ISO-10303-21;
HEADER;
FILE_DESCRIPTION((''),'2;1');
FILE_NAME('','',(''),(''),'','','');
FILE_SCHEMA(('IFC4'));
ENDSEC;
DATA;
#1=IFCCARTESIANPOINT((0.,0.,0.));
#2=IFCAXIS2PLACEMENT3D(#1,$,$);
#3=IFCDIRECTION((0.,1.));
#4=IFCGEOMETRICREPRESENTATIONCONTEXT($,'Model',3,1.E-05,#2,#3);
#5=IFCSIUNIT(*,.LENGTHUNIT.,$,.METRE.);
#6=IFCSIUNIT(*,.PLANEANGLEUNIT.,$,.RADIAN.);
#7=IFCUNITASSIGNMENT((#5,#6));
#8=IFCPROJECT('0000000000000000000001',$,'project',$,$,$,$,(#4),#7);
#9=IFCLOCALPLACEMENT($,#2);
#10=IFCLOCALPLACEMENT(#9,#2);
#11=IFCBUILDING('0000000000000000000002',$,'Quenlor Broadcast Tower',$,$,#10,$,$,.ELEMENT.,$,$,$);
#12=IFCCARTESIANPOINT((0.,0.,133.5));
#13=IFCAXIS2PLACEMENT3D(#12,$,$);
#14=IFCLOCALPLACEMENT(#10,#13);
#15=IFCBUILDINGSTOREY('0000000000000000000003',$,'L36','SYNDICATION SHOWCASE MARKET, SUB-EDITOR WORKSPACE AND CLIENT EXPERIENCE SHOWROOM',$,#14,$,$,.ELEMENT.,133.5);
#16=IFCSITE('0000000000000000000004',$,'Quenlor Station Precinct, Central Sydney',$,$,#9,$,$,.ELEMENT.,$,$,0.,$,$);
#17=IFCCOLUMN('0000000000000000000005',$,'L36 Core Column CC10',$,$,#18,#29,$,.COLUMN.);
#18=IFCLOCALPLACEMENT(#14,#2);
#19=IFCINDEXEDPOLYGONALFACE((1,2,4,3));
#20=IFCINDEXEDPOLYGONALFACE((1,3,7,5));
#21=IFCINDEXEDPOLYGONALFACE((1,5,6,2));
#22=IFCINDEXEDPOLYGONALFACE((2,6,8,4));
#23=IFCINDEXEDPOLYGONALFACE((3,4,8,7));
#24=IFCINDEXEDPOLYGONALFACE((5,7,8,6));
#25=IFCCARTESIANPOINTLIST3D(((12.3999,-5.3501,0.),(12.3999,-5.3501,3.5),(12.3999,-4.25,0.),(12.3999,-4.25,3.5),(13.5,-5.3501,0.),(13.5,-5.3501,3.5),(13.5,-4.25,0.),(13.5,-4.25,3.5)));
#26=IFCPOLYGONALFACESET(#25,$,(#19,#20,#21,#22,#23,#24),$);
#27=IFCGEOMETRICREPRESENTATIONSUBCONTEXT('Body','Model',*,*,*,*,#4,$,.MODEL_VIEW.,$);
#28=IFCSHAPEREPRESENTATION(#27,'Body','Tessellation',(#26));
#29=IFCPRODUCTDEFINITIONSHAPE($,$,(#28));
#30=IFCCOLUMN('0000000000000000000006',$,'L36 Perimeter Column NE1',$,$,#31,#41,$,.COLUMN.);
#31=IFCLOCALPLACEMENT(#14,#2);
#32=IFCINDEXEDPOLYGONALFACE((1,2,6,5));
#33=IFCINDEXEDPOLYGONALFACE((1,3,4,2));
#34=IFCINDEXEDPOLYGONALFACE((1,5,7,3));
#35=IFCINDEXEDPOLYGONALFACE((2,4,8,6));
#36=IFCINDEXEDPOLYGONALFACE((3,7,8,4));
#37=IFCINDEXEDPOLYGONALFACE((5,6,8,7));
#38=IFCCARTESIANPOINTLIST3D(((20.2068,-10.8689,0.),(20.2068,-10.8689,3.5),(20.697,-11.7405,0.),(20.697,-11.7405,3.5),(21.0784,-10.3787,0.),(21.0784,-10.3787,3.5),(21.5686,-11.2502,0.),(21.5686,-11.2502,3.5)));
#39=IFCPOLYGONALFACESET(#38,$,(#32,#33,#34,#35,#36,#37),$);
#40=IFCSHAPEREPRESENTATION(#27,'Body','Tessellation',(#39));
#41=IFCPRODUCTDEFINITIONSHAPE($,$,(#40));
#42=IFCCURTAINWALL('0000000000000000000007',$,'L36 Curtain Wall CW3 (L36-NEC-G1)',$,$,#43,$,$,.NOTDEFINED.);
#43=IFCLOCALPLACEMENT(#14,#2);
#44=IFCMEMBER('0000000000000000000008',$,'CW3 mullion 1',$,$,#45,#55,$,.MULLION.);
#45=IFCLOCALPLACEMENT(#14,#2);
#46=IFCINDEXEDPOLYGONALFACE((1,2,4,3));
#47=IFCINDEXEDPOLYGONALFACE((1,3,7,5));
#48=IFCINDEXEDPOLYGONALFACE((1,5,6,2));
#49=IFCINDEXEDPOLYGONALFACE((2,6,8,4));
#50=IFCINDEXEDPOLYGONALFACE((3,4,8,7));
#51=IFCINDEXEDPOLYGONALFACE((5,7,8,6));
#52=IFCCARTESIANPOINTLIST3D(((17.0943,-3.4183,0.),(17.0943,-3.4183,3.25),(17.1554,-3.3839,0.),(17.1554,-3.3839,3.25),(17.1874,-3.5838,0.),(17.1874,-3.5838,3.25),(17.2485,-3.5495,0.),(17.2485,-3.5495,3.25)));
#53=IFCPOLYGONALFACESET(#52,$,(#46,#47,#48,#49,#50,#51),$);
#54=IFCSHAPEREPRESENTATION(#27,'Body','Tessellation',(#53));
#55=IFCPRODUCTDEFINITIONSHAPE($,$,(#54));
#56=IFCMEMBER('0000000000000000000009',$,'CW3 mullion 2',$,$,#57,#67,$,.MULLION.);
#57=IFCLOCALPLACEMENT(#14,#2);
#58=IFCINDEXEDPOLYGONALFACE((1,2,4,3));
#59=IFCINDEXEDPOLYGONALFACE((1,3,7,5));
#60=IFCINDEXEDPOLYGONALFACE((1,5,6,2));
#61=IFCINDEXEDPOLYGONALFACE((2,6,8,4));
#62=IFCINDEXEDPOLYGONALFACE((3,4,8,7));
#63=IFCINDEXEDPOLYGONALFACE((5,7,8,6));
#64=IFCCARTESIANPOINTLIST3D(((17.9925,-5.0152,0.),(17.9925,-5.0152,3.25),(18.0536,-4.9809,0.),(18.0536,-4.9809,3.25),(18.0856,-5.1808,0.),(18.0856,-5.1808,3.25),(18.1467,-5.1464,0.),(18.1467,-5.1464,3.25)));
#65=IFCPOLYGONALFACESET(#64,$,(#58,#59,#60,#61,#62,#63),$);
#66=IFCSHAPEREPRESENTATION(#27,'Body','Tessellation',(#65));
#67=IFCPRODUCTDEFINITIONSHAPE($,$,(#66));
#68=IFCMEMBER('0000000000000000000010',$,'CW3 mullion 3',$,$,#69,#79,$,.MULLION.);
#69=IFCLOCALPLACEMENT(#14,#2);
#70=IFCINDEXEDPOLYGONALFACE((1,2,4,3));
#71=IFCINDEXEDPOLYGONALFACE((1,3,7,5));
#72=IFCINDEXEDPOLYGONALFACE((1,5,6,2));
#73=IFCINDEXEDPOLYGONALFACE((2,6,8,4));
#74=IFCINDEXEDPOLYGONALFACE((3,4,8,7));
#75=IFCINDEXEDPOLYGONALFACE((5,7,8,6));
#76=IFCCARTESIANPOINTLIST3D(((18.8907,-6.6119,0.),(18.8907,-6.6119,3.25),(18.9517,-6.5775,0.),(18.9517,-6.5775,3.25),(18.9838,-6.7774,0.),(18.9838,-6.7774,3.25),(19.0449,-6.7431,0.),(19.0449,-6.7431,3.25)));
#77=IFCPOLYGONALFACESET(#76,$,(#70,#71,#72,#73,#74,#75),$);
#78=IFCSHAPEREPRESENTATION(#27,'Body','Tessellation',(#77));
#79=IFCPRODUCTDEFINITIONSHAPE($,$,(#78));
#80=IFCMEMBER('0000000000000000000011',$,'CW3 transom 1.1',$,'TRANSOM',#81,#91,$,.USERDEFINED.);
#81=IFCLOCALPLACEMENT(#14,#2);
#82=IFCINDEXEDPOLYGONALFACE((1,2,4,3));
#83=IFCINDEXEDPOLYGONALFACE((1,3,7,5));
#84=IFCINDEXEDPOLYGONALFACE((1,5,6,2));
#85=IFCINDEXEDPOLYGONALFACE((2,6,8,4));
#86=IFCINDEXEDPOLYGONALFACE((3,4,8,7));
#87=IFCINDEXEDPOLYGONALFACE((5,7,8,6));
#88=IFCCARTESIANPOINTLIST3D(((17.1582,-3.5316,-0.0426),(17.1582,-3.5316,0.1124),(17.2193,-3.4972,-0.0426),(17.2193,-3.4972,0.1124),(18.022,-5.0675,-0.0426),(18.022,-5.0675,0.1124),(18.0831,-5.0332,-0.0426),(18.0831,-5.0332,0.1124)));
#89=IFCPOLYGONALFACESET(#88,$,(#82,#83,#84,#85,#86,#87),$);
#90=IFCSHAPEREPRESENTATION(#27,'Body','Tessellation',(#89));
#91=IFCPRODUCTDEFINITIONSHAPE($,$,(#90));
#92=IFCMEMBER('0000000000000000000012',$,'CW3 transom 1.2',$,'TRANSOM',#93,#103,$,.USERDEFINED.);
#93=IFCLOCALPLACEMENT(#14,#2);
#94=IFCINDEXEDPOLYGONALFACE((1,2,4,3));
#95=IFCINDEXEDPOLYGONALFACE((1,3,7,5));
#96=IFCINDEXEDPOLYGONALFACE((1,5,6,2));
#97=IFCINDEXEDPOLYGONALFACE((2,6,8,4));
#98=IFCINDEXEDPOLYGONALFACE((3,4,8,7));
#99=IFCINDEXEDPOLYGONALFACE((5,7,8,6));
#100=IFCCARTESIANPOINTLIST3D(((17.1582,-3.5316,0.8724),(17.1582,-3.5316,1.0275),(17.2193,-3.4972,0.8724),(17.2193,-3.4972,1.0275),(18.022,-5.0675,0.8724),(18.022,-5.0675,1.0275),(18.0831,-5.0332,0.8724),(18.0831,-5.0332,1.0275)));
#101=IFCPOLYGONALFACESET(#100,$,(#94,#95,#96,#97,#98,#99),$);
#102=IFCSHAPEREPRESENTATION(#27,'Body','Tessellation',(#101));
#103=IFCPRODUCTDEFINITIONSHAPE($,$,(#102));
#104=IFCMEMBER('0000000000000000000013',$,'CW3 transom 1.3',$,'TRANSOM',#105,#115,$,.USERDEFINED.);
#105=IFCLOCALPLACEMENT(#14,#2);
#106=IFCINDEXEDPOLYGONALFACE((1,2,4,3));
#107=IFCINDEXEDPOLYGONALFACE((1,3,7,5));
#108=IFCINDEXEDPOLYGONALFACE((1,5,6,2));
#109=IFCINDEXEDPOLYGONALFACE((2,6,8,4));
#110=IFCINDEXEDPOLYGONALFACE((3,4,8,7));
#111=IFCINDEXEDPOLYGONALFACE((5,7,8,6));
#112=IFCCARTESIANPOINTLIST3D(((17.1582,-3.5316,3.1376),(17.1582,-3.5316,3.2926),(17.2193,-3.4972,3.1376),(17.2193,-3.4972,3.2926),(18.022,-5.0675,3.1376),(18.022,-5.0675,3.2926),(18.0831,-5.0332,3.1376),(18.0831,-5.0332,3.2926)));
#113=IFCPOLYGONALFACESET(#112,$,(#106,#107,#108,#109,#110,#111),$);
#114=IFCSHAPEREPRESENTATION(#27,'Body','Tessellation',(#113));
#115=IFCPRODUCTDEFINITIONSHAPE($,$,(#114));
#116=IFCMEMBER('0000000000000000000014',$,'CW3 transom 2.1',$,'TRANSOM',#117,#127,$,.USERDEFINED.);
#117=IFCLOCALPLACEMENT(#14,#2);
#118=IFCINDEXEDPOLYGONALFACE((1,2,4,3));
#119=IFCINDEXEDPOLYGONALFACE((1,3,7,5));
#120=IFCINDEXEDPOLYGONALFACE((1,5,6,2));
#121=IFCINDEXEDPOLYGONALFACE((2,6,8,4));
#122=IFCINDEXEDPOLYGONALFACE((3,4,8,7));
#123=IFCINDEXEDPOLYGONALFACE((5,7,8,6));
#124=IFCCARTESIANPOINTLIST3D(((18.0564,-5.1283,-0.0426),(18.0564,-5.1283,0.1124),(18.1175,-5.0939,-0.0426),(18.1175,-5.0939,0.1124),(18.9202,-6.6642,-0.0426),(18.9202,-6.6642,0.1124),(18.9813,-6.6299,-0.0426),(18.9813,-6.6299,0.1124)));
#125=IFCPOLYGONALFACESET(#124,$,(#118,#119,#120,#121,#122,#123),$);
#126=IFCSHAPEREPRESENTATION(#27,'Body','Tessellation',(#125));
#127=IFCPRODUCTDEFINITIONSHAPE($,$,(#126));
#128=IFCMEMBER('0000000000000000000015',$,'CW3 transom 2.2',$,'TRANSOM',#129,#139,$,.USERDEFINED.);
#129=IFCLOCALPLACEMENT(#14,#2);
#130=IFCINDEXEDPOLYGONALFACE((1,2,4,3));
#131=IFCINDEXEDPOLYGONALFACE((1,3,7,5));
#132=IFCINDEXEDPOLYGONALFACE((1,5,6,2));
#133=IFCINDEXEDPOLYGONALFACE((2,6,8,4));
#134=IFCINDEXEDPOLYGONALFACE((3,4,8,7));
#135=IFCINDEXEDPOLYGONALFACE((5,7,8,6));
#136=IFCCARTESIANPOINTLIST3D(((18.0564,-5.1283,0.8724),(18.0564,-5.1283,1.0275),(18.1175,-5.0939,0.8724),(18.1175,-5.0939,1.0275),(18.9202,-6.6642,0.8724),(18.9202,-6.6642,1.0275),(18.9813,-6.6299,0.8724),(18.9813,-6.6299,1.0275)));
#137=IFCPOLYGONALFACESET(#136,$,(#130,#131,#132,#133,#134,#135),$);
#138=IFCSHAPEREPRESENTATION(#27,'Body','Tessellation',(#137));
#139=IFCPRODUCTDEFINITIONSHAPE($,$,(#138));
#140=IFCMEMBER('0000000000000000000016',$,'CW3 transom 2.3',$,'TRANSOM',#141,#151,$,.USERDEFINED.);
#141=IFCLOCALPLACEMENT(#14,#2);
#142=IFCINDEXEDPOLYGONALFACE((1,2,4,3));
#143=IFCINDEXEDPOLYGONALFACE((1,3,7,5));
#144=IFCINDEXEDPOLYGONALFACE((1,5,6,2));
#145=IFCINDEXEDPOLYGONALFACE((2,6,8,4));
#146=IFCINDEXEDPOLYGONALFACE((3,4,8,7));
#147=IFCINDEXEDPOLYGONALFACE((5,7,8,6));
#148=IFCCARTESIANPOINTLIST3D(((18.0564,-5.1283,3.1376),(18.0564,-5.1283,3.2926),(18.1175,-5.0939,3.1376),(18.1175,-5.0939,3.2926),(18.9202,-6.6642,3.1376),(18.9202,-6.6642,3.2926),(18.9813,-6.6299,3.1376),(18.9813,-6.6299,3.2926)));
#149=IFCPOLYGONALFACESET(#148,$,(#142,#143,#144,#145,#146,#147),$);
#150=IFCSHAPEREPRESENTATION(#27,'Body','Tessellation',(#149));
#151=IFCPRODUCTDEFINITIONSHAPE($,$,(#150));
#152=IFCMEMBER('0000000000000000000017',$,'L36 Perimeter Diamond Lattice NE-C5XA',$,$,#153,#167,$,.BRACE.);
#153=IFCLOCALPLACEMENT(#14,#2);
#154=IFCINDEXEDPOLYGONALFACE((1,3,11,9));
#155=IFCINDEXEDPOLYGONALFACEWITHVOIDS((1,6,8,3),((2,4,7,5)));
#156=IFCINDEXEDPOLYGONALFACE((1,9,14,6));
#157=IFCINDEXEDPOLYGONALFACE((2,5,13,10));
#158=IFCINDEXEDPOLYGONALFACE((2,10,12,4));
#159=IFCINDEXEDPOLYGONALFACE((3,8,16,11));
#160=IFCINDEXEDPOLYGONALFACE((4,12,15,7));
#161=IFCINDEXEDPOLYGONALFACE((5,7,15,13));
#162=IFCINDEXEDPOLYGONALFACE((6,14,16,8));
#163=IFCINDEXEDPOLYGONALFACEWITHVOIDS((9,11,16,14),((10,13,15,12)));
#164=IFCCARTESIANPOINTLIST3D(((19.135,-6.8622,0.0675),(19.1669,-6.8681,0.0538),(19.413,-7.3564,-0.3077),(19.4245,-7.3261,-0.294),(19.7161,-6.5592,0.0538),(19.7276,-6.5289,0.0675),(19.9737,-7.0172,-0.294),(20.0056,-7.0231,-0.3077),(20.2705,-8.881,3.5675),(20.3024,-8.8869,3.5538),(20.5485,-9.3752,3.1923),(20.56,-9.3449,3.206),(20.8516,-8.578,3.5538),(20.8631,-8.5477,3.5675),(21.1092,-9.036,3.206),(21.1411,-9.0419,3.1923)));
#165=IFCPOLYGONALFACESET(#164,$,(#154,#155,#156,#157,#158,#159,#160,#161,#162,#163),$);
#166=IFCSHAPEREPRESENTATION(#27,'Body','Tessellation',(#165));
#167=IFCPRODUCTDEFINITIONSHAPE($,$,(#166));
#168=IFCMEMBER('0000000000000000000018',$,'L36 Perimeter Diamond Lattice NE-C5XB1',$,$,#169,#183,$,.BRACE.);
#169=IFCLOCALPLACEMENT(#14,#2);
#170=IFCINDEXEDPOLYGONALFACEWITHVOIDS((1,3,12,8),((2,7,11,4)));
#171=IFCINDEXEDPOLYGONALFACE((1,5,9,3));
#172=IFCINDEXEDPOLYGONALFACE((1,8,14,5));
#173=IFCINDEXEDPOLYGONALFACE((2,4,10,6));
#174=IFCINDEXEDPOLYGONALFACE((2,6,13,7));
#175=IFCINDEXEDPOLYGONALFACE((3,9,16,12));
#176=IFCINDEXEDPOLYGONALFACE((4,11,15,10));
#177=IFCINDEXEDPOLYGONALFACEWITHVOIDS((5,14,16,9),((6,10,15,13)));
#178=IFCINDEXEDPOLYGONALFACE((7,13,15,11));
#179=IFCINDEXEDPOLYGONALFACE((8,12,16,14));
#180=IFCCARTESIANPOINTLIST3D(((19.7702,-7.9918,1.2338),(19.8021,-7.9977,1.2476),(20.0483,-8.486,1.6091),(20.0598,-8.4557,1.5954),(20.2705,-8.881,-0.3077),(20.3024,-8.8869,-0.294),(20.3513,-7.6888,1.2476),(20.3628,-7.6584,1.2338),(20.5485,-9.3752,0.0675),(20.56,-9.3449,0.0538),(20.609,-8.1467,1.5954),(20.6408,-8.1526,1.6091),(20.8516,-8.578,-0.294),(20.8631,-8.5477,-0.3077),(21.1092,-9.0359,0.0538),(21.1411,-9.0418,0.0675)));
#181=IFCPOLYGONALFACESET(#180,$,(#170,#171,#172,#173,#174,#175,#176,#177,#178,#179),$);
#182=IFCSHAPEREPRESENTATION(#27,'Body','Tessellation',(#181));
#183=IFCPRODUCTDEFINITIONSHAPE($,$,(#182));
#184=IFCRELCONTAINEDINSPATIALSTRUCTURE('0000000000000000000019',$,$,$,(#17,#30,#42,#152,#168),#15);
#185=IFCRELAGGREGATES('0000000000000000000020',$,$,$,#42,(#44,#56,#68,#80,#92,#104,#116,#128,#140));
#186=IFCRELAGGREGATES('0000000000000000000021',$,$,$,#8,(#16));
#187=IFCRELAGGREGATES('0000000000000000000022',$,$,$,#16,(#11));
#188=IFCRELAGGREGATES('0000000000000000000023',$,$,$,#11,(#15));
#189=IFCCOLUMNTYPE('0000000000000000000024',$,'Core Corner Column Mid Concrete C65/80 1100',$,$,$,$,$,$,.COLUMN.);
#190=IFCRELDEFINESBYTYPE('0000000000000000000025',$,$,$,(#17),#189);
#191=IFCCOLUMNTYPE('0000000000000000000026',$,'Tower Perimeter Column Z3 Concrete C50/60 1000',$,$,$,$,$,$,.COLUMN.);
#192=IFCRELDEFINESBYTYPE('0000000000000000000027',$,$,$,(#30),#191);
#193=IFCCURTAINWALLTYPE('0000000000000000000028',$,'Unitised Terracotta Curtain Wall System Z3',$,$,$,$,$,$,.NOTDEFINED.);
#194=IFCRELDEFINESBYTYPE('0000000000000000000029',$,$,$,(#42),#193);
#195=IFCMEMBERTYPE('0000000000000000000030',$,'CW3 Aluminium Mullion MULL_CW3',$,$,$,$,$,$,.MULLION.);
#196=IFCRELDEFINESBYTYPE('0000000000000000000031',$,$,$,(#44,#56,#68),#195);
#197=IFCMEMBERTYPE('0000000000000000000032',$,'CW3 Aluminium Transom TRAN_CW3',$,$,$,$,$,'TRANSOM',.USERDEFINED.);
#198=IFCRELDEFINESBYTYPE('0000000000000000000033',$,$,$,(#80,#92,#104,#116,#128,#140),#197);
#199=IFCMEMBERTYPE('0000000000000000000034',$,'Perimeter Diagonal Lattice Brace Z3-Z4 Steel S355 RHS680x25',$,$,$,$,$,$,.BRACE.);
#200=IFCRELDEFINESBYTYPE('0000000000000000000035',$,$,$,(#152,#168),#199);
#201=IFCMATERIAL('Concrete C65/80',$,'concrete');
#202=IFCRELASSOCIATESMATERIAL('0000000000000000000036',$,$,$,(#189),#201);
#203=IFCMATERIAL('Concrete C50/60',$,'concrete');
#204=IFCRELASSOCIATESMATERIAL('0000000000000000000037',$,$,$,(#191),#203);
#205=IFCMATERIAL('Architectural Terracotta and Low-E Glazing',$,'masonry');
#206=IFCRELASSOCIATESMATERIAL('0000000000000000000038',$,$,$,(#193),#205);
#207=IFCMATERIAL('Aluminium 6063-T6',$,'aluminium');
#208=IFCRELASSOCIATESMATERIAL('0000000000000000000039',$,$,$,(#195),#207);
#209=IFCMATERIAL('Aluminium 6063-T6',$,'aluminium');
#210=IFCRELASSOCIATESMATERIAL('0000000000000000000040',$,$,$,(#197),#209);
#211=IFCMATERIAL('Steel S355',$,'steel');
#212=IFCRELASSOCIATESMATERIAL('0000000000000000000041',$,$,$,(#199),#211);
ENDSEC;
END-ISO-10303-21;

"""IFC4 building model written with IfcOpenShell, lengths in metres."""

from ifc_helpers import new_model, si_unit, direction, frame, origin, origin_2d, place, context, subcontext, project, spatial, rectangle, hollow_rectangle, extrude, material, material_profile, profile_set, type_object, element, aggregate, save


model = new_model("IFC4")

# Units and contexts
model_context = context("Model", 3, precision=1e-05, world=origin(), true_north=direction((0.0, 1.0)))
body_context = subcontext(model_context, "Body", "Model", "MODEL_VIEW")
ifc_project = project(units=[si_unit("LENGTHUNIT", "METRE"), si_unit("PLANEANGLEUNIT", "RADIAN")], contexts=[model_context])

# Site, building, storey
site_placement = place(None, origin())
site = spatial("IfcSite", under=ifc_project, at=site_placement, Name="Quenlor Station Precinct, Central Sydney", CompositionType="ELEMENT", RefElevation=0.0)
building_placement = place(site_placement, origin())
building = spatial("IfcBuilding", under=site, at=building_placement, Name="Quenlor Broadcast Tower", CompositionType="ELEMENT")
storey_placement = place(building_placement, frame((0.0, 0.0, 133.5)))
storey = spatial("IfcBuildingStorey", under=building, at=storey_placement, Name="L36", Description="SYNDICATION SHOWCASE MARKET, SUB-EDITOR WORKSPACE AND CLIENT EXPERIENCE SHOWROOM", CompositionType="ELEMENT", Elevation=133.5)

# Columns
ifc_material_1 = material(Name="Concrete C65/80", Category="concrete")
ifc_material_profile_1 = material_profile(ifc_material_1, rectangle(XDim=1.1001, YDim=1.1001, at=origin_2d()))
ifc_profile_set_1 = profile_set([ifc_material_profile_1], Name="Concrete C65/80 RC1100x1100")
column_type_1 = type_object("IfcColumnType", Name="Core Corner Column Mid Concrete C65/80 1100", PredefinedType="COLUMN", material=ifc_profile_set_1)
column_1_placement = place(storey_placement, frame((12.95, -4.8, 0.0), z_axis=(0.0, 0.0, 1.0), x_axis=(1.0, 0.0, 0.0)))
element("IfcColumn", 1, at=column_1_placement, inside=storey, type_object=column_type_1, Name="L36 Core Column CC10", PredefinedType="COLUMN", context=body_context, shape_type="SweptSolid", body=[
    extrude(rectangle(XDim=1.1001, YDim=1.1001, at=origin_2d()), origin(), (0.0, 0.0, 1.0), 3.5),
])
ifc_material_2 = material(Name="Concrete C50/60", Category="concrete")
ifc_material_profile_2 = material_profile(ifc_material_2, rectangle(XDim=1.0, YDim=1.0, at=origin_2d()))
ifc_profile_set_2 = profile_set([ifc_material_profile_2], Name="Concrete C50/60 RC1000x1000")
column_type_2 = type_object("IfcColumnType", Name="Tower Perimeter Column Z3 Concrete C50/60 1000", PredefinedType="COLUMN", material=ifc_profile_set_2)
column_2_placement = place(storey_placement, frame((20.8877, -11.0596, 0.0), z_axis=(0.0, 0.0, 1.0), x_axis=(0.871575, 0.490262, 0.0)))
element("IfcColumn", 2, at=column_2_placement, inside=storey, type_object=column_type_2, Name="L36 Perimeter Column NE1", PredefinedType="COLUMN", context=body_context, shape_type="SweptSolid", body=[
    extrude(rectangle(XDim=1.0, YDim=1.0, at=origin_2d()), origin(), (0.0, 0.0, 1.0), 3.5),
])

# Curtain wall, members
ifc_material_3 = material(Name="Architectural Terracotta and Low-E Glazing", Category="masonry")
curtain_wall_type = type_object("IfcCurtainWallType", Name="Unitised Terracotta Curtain Wall System Z3", PredefinedType="NOTDEFINED", material=ifc_material_3)
curtain_wall_placement = place(storey_placement, origin())
curtain_wall = element("IfcCurtainWall", 3, at=curtain_wall_placement, inside=storey, type_object=curtain_wall_type, Name="L36 Curtain Wall CW3 (L36-NEC-G1)", PredefinedType="NOTDEFINED")
ifc_material_4 = material(Name="Aluminium 6063-T6", Category="aluminium")
ifc_material_profile_3 = material_profile(ifc_material_4, rectangle(XDim=0.0701, YDim=0.1899, at=origin_2d()))
ifc_profile_set_3 = profile_set([ifc_material_profile_3], Name="Aluminium 6063-T6 MULL70x190")
member_type_1 = type_object("IfcMemberType", Name="CW3 Aluminium Mullion MULL_CW3", PredefinedType="MULLION", material=ifc_profile_set_3)
member_1_placement = place(storey_placement, frame((17.1714, -3.4839, 0.0), z_axis=(0.0, 0.0, 1.0), x_axis=(0.871577, 0.490259, 0.0)))
member_1 = element("IfcMember", 4, at=member_1_placement, type_object=member_type_1, Name="CW3 mullion 1", PredefinedType="MULLION", context=body_context, shape_type="SweptSolid", body=[
    extrude(rectangle(XDim=0.0701, YDim=0.1899, at=origin_2d()), origin(), (0.0, 0.0, 1.0), 3.25),
])
member_2_placement = place(storey_placement, frame((18.0696, -5.0808, 0.0), z_axis=(0.0, 0.0, 1.0), x_axis=(0.871577, 0.490259, 0.0)))
member_2 = element("IfcMember", 5, at=member_2_placement, type_object=member_type_1, Name="CW3 mullion 2", PredefinedType="MULLION", context=body_context, shape_type="SweptSolid", body=[
    extrude(rectangle(XDim=0.0701, YDim=0.1899, at=origin_2d()), origin(), (0.0, 0.0, 1.0), 3.25),
])
member_3_placement = place(storey_placement, frame((18.9678, -6.6775, 0.0), z_axis=(0.0, 0.0, 1.0), x_axis=(0.871577, 0.490259, 0.0)))
member_3 = element("IfcMember", 6, at=member_3_placement, type_object=member_type_1, Name="CW3 mullion 3", PredefinedType="MULLION", context=body_context, shape_type="SweptSolid", body=[
    extrude(rectangle(XDim=0.0701, YDim=0.1899, at=origin_2d()), origin(), (0.0, 0.0, 1.0), 3.25),
])
ifc_material_5 = material(Name="Aluminium 6063-T6", Category="aluminium")
ifc_material_profile_4 = material_profile(ifc_material_5, rectangle(XDim=0.0701, YDim=0.155, at=origin_2d()))
ifc_profile_set_4 = profile_set([ifc_material_profile_4], Name="Aluminium 6063-T6 TRAN70x155")
member_type_2 = type_object("IfcMemberType", Name="CW3 Aluminium Transom TRAN_CW3", ElementType="TRANSOM", PredefinedType="USERDEFINED", material=ifc_profile_set_4)
member_4_placement = place(storey_placement, frame((17.1887, -3.5144, 0.0349), z_axis=(0.490189, -0.871616, 0.0), x_axis=(0.871616, 0.490189, 0.0)))
member_4 = element("IfcMember", 7, at=member_4_placement, type_object=member_type_2, Name="CW3 transom 1.1", ObjectType="TRANSOM", PredefinedType="USERDEFINED", context=body_context, shape_type="SweptSolid", body=[
    extrude(rectangle(XDim=0.0701, YDim=0.155, at=origin_2d()), origin(), (0.0, 0.0, 1.0), 1.7622),
])
member_5_placement = place(storey_placement, frame((17.1887, -3.5144, 0.95), z_axis=(0.490189, -0.871616, 0.0), x_axis=(0.871616, 0.490189, 0.0)))
member_5 = element("IfcMember", 8, at=member_5_placement, type_object=member_type_2, Name="CW3 transom 1.2", ObjectType="TRANSOM", PredefinedType="USERDEFINED", context=body_context, shape_type="SweptSolid", body=[
    extrude(rectangle(XDim=0.0701, YDim=0.155, at=origin_2d()), origin(), (0.0, 0.0, 1.0), 1.7622),
])
member_6_placement = place(storey_placement, frame((17.1887, -3.5144, 3.2151), z_axis=(0.490189, -0.871616, 0.0), x_axis=(0.871616, 0.490189, 0.0)))
member_6 = element("IfcMember", 9, at=member_6_placement, type_object=member_type_2, Name="CW3 transom 1.3", ObjectType="TRANSOM", PredefinedType="USERDEFINED", context=body_context, shape_type="SweptSolid", body=[
    extrude(rectangle(XDim=0.0701, YDim=0.155, at=origin_2d()), origin(), (0.0, 0.0, 1.0), 1.7622),
])
member_7_placement = place(storey_placement, frame((18.0869, -5.1111, 0.0349), z_axis=(0.490189, -0.871616, 0.0), x_axis=(0.871616, 0.490189, 0.0)))
member_7 = element("IfcMember", 10, at=member_7_placement, type_object=member_type_2, Name="CW3 transom 2.1", ObjectType="TRANSOM", PredefinedType="USERDEFINED", context=body_context, shape_type="SweptSolid", body=[
    extrude(rectangle(XDim=0.0701, YDim=0.155, at=origin_2d()), origin(), (0.0, 0.0, 1.0), 1.7622),
])
member_8_placement = place(storey_placement, frame((18.0869, -5.1111, 0.95), z_axis=(0.490189, -0.871616, 0.0), x_axis=(0.871616, 0.490189, 0.0)))
member_8 = element("IfcMember", 11, at=member_8_placement, type_object=member_type_2, Name="CW3 transom 2.2", ObjectType="TRANSOM", PredefinedType="USERDEFINED", context=body_context, shape_type="SweptSolid", body=[
    extrude(rectangle(XDim=0.0701, YDim=0.155, at=origin_2d()), origin(), (0.0, 0.0, 1.0), 1.7622),
])
member_9_placement = place(storey_placement, frame((18.0869, -5.1111, 3.2151), z_axis=(0.490189, -0.871616, 0.0), x_axis=(0.871616, 0.490189, 0.0)))
member_9 = element("IfcMember", 12, at=member_9_placement, type_object=member_type_2, Name="CW3 transom 2.3", ObjectType="TRANSOM", PredefinedType="USERDEFINED", context=body_context, shape_type="SweptSolid", body=[
    extrude(rectangle(XDim=0.0701, YDim=0.155, at=origin_2d()), origin(), (0.0, 0.0, 1.0), 1.7622),
])

# Members
ifc_material_6 = material(Name="Steel S355", Category="steel")
ifc_material_profile_5 = material_profile(ifc_material_6, hollow_rectangle(XDim=0.6799, YDim=0.6799, WallThickness=0.0249, at=origin_2d()))
ifc_profile_set_5 = profile_set([ifc_material_profile_5], Name="Steel S355 RHS680x680x25")
member_type_3 = type_object("IfcMemberType", Name="Perimeter Diagonal Lattice Brace Z3-Z4 Steel S355 RHS680x25", PredefinedType="BRACE", material=ifc_profile_set_5)
member_10_placement = place(storey_placement, frame((19.5703, -6.9426, -0.1201), z_axis=(0.270549, -0.481009, 0.833927), x_axis=(0.87159, 0.490236, 0.0)))
element("IfcMember", 13, at=member_10_placement, inside=storey, type_object=member_type_3, Name="L36 Perimeter Diamond Lattice NE-C5XA", PredefinedType="BRACE", context=body_context, shape_type="SweptSolid", body=[
    extrude(hollow_rectangle(XDim=0.6799, YDim=0.6799, WallThickness=0.0249, at=origin_2d()), origin(), (0.0, 0.0, 1.0), 4.197),
])
member_11_placement = place(storey_placement, frame((20.7058, -8.9614, -0.1201), z_axis=(-0.270616, 0.481008, 0.833905), x_axis=(-0.871537, -0.490329, 0.0)))
element("IfcMember", 14, at=member_11_placement, inside=storey, type_object=member_type_3, Name="L36 Perimeter Diamond Lattice NE-C5XB1", PredefinedType="BRACE", context=body_context, shape_type="SweptSolid", body=[
    extrude(hollow_rectangle(XDim=0.6799, YDim=0.6799, WallThickness=0.0249, at=origin_2d()), origin(), (0.0, 0.0, 1.0), 1.8486),
])

aggregate(curtain_wall, [member_1, member_2, member_3, member_4, member_5, member_6, member_7, member_8, member_9])

save(model, "model.ifc")
